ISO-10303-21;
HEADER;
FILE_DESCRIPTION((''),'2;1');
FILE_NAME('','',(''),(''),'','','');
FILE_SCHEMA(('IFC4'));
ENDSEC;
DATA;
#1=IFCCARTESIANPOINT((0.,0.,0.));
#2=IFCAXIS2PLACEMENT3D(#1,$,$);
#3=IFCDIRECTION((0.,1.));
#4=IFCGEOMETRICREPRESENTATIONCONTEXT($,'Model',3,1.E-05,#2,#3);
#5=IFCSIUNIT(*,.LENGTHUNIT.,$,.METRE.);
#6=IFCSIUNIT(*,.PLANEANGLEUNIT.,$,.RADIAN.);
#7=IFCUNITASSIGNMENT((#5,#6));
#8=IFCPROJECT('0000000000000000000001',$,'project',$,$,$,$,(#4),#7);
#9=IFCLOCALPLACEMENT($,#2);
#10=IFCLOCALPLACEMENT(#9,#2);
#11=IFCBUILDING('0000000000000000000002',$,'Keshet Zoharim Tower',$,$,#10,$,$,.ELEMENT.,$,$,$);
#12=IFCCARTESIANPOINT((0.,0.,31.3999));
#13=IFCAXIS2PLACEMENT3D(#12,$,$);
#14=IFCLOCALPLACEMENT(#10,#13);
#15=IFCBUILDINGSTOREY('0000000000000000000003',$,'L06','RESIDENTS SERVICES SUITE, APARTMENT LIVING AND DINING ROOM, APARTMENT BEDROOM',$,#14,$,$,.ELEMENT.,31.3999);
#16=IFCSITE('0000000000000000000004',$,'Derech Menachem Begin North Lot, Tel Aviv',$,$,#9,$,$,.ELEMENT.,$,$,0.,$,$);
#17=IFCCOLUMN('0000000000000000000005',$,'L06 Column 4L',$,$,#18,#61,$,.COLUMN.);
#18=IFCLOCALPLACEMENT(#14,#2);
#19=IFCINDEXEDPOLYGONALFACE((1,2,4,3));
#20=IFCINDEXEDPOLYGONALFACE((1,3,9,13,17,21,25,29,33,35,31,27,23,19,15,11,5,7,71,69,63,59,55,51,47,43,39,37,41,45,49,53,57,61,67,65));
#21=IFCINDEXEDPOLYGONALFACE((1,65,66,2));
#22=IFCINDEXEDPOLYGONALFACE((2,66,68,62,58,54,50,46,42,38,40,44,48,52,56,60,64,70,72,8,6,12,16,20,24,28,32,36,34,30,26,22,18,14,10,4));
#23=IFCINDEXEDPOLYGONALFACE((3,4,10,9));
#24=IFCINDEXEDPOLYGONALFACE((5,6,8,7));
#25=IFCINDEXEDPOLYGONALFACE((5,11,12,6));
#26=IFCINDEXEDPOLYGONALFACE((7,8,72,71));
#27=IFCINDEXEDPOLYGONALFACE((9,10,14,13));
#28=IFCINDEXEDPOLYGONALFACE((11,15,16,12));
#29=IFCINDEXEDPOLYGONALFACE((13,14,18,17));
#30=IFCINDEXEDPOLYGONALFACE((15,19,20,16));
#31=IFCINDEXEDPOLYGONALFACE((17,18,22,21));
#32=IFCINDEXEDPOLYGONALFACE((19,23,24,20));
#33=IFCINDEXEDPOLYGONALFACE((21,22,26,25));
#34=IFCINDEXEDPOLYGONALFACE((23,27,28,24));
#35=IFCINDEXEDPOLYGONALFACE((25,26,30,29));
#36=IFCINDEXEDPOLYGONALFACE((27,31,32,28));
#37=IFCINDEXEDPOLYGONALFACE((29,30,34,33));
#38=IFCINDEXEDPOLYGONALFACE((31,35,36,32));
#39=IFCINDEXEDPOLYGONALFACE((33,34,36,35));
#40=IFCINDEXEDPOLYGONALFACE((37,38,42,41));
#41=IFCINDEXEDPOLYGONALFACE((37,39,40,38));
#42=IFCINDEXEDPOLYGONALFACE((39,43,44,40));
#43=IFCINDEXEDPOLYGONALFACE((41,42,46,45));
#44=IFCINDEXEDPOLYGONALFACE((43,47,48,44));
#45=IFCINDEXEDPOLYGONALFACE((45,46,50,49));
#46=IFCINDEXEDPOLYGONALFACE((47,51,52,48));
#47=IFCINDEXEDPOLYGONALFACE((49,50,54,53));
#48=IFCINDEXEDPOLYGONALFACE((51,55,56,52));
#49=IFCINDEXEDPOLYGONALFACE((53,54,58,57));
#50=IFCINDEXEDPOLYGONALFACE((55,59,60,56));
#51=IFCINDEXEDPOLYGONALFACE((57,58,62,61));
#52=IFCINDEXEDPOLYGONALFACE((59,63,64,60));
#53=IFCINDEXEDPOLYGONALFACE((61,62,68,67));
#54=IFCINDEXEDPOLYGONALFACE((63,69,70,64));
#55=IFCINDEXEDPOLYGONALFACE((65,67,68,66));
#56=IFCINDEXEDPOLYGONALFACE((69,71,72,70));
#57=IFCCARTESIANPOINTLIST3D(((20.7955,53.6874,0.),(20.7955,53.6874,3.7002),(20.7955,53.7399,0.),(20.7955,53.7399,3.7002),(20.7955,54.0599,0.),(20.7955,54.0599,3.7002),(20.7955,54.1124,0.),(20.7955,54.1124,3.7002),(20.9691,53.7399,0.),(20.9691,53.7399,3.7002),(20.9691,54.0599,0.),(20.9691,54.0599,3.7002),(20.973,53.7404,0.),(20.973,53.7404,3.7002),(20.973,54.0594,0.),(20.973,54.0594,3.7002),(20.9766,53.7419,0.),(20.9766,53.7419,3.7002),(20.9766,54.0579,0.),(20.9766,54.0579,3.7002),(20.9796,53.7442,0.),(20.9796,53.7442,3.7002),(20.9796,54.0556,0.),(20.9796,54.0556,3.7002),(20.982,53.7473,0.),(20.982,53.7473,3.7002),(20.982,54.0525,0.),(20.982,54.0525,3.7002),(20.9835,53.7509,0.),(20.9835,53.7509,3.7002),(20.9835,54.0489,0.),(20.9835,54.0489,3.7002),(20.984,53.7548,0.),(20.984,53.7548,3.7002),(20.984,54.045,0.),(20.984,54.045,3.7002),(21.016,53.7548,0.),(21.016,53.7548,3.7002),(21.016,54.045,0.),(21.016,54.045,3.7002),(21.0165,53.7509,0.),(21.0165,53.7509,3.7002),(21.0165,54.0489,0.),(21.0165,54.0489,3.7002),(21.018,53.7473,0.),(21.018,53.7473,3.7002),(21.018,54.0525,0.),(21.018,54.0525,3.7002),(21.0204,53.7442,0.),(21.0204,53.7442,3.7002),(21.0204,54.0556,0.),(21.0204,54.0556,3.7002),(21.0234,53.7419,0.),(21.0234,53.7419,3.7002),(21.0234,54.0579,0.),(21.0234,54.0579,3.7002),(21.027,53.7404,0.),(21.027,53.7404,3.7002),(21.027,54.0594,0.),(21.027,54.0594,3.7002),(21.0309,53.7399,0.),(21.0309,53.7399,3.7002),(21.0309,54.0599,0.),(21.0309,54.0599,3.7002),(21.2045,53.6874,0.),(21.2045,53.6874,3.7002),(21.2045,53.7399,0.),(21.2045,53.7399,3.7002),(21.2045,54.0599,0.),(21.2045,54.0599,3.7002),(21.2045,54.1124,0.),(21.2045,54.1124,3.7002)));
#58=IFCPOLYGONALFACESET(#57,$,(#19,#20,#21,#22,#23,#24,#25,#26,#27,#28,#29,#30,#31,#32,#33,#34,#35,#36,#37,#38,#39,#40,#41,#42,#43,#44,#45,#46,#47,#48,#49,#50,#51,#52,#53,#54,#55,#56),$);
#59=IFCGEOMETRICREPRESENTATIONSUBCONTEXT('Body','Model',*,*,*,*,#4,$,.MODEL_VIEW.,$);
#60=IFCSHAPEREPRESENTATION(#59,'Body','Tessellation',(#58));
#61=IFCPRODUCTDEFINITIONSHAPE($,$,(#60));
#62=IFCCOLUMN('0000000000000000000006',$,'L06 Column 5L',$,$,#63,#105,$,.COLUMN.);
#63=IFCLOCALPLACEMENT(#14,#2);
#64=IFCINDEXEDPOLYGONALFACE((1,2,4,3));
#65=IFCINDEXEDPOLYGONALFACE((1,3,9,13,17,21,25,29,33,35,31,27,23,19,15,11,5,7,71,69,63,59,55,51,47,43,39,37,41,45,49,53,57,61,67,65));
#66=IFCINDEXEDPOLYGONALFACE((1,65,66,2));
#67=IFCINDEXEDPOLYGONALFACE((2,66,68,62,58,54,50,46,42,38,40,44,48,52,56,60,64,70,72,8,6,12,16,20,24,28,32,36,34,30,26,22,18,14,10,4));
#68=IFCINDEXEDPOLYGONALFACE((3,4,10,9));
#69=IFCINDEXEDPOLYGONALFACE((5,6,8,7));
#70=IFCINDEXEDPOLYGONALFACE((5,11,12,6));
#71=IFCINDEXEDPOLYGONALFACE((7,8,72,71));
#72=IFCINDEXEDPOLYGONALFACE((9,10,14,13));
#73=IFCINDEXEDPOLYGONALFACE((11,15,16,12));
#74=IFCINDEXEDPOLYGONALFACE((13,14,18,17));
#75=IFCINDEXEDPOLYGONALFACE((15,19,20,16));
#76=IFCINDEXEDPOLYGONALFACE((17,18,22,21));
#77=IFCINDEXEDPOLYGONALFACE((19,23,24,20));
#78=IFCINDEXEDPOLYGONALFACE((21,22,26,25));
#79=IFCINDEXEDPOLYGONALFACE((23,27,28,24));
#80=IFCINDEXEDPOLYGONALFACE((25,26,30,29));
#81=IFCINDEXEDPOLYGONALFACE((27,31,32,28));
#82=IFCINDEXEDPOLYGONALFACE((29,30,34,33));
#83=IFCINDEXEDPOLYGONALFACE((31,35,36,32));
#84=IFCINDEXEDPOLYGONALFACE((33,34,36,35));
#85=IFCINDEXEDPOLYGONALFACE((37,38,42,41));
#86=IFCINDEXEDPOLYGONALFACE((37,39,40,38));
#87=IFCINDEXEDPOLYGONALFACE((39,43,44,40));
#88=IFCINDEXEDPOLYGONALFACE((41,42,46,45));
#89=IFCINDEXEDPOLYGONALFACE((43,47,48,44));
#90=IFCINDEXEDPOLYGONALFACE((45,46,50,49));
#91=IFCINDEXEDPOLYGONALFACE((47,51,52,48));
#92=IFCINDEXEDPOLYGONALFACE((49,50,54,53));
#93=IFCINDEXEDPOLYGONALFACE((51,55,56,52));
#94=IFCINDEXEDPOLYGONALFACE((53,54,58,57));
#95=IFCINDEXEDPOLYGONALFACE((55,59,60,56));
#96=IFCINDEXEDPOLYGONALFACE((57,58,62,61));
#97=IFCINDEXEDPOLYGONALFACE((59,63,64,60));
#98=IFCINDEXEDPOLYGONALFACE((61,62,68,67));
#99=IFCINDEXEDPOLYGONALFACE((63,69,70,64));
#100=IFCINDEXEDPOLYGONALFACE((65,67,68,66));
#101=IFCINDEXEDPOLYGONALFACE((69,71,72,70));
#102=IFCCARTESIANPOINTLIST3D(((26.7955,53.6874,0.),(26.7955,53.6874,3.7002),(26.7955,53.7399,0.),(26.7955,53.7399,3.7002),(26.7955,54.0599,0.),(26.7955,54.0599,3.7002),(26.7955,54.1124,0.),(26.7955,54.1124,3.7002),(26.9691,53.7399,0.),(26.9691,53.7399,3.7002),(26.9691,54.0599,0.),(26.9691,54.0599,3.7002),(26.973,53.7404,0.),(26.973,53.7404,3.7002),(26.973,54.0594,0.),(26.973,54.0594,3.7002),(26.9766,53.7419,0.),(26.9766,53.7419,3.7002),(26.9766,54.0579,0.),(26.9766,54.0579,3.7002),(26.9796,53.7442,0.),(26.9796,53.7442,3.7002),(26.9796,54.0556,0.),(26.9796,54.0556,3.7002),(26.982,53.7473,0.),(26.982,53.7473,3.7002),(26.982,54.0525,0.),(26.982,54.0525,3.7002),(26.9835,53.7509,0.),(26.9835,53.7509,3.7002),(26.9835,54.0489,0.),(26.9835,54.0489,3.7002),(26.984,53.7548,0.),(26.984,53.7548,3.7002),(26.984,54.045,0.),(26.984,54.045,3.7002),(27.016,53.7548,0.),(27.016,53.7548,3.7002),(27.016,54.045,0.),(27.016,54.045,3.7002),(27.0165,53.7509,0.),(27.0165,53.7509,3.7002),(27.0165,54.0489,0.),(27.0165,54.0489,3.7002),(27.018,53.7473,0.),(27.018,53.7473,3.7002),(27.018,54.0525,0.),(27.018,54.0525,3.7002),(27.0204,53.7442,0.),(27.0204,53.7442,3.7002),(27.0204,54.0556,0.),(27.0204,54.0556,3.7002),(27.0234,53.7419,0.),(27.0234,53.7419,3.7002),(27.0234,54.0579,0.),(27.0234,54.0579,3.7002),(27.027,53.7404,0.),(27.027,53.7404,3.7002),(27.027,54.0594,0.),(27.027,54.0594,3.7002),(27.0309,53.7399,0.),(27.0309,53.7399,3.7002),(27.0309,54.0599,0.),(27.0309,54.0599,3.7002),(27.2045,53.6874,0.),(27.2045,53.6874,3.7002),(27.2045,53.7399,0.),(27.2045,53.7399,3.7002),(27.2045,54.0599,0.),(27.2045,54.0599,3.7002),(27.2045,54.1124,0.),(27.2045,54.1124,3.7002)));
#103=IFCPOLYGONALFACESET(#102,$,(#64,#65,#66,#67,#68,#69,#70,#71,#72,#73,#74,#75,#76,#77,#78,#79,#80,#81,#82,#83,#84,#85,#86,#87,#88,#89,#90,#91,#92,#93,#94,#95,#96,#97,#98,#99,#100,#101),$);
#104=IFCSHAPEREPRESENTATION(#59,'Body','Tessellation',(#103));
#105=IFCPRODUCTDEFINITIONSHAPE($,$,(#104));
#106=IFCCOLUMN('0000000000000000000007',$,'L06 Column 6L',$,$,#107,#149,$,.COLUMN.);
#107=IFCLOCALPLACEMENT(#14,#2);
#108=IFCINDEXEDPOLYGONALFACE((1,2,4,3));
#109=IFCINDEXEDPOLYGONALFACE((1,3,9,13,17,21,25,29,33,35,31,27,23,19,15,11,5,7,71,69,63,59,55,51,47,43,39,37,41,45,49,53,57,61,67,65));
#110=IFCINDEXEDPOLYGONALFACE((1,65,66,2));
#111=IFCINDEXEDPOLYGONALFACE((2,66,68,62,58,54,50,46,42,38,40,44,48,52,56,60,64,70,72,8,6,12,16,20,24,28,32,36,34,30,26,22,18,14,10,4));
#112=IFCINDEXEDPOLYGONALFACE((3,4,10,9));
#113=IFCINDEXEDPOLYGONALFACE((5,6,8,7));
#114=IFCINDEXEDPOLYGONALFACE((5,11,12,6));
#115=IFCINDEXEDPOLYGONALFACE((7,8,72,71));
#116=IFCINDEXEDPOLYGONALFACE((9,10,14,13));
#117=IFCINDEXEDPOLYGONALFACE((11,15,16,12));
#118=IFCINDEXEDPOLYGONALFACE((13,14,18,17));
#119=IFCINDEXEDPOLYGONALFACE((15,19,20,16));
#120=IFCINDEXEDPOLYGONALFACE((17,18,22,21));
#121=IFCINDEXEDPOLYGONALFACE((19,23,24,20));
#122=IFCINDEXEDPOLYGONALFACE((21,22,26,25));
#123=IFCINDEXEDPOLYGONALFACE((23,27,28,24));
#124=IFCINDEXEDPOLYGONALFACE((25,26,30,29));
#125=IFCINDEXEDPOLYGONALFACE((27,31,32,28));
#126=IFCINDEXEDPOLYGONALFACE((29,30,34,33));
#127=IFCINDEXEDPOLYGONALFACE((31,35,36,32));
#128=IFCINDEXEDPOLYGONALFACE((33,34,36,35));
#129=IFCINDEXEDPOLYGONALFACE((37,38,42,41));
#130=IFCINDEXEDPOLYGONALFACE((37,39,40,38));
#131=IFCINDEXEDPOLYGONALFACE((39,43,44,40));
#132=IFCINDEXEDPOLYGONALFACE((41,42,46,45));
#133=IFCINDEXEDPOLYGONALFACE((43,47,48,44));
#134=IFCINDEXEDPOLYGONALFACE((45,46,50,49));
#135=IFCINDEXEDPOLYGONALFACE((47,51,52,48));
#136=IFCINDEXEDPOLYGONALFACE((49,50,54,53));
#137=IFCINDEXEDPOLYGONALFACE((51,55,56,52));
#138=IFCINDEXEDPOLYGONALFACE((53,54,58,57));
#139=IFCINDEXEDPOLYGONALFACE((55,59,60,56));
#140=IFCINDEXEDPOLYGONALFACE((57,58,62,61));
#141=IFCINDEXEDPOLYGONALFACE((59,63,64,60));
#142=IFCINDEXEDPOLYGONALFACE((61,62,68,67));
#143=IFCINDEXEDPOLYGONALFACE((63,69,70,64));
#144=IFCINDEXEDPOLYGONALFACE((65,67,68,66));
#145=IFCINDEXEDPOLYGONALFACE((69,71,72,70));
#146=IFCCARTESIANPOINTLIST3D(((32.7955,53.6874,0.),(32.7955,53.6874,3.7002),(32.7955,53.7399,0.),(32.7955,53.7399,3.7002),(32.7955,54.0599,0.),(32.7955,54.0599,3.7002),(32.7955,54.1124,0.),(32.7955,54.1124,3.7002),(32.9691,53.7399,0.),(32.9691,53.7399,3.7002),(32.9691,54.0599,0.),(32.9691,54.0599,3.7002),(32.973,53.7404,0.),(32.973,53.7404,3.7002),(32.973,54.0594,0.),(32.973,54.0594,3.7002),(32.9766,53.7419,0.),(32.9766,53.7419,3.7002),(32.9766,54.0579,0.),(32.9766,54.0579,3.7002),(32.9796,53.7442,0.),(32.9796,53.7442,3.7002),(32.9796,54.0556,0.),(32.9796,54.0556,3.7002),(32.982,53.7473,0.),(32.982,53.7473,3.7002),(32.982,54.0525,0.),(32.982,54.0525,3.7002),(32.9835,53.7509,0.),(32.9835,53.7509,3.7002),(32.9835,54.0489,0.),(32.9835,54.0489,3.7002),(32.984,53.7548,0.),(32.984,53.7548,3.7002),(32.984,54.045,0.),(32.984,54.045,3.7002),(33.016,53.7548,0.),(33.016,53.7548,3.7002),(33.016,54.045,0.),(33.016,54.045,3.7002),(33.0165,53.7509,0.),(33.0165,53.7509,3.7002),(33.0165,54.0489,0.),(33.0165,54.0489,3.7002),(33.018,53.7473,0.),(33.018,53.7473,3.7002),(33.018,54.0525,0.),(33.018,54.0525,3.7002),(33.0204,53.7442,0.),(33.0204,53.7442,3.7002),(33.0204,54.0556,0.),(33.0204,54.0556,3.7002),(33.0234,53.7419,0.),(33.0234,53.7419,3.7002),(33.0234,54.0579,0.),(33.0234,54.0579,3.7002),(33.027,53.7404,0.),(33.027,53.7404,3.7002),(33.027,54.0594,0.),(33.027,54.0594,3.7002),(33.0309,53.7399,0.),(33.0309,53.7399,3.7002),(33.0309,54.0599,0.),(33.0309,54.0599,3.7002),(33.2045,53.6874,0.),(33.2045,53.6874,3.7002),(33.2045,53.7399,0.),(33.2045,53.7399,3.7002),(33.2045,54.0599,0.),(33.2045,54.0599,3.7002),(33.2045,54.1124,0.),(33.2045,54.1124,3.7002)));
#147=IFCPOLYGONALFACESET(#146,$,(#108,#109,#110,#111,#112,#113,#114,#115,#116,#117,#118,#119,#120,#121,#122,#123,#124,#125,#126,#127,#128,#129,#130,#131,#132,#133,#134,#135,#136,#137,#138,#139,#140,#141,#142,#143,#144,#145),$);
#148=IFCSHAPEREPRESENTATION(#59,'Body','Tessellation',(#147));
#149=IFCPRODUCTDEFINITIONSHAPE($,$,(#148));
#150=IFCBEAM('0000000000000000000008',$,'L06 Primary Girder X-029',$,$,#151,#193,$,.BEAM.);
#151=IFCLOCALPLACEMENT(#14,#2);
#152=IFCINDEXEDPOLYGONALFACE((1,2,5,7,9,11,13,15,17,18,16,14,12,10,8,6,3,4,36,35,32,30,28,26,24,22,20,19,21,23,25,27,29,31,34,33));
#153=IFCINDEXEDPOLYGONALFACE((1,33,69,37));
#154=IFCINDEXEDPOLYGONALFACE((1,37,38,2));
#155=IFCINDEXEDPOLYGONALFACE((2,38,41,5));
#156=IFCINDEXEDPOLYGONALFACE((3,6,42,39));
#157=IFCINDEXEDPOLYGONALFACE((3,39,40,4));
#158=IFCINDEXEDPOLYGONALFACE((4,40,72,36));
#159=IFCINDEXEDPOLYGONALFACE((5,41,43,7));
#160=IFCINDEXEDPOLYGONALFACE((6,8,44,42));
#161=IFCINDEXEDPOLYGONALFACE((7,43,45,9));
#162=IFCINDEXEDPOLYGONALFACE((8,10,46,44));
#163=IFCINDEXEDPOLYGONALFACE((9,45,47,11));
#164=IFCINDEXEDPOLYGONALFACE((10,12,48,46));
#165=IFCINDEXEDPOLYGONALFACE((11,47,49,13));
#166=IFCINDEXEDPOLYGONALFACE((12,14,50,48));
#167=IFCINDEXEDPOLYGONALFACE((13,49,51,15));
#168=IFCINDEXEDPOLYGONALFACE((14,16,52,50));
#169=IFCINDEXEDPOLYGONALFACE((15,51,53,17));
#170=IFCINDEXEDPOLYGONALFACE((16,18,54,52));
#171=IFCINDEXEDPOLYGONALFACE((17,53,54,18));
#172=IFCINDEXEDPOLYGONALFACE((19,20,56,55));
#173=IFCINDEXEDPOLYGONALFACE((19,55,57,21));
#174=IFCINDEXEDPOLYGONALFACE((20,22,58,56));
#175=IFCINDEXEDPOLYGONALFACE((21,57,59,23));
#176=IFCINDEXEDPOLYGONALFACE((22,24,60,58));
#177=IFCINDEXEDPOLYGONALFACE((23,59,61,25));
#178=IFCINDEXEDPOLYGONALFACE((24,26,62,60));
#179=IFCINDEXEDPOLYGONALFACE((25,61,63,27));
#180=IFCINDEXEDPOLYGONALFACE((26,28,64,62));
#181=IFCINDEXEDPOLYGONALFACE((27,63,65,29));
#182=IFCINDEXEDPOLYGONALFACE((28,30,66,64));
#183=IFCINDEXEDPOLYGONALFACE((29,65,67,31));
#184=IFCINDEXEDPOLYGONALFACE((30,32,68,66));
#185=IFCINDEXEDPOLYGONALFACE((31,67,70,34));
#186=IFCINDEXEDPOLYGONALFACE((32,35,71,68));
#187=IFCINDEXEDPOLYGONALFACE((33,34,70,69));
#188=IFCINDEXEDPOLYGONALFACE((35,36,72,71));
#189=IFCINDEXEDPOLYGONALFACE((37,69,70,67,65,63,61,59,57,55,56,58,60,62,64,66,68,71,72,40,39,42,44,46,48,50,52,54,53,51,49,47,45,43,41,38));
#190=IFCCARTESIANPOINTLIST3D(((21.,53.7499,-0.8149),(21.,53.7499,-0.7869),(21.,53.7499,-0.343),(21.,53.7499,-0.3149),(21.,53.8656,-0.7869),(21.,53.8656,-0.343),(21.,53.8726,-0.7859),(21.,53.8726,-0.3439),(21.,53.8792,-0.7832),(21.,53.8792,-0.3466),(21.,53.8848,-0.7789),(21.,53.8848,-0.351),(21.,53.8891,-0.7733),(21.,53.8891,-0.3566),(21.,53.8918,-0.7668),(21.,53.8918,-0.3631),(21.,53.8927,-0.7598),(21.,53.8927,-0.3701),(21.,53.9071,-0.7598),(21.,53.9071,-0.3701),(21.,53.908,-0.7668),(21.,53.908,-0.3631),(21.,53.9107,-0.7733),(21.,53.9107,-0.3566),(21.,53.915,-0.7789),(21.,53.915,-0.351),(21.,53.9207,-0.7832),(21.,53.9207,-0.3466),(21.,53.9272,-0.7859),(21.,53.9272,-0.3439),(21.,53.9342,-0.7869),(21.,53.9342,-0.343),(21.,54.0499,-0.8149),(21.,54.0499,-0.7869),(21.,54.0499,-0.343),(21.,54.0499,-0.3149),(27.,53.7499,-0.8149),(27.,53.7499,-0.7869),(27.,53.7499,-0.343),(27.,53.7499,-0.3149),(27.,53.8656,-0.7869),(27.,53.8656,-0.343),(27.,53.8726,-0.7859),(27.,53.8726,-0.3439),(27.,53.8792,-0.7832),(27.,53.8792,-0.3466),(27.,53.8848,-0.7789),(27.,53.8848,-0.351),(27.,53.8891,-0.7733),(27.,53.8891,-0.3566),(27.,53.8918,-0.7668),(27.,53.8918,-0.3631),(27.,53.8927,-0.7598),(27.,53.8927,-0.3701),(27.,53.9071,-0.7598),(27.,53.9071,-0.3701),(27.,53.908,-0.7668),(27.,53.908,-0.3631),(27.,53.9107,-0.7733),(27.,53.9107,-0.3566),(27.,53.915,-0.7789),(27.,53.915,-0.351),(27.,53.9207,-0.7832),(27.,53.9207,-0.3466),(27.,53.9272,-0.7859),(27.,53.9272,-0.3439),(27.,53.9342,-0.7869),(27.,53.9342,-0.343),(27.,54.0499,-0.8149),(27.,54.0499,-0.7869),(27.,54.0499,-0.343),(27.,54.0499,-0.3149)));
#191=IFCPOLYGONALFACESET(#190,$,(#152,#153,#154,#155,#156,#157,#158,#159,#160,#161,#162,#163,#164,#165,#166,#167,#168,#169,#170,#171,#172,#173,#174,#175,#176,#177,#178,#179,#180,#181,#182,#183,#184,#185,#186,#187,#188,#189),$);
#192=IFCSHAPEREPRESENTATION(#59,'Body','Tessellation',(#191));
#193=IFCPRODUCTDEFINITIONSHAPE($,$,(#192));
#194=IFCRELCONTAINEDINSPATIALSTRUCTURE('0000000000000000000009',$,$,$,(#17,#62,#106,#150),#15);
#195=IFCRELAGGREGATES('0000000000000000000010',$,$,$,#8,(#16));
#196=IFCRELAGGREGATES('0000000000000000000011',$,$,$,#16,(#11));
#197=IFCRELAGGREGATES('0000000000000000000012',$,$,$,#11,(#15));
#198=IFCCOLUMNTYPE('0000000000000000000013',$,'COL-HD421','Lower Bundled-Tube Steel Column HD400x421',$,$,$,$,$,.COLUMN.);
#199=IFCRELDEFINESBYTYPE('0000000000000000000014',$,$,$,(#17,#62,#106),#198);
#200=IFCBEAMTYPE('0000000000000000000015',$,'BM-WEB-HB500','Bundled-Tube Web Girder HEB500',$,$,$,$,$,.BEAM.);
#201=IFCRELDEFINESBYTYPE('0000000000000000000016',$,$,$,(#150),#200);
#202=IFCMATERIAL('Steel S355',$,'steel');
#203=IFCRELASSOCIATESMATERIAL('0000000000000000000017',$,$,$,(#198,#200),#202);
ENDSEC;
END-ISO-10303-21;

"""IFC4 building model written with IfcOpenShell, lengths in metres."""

from ifc_helpers import new_model, si_unit, direction, frame, origin, origin_2d, place, context, subcontext, project, spatial, i_section, extrude, material, material_profile, profile_set, type_object, element, save


model = new_model("IFC4")

# Units and contexts
model_context = context("Model", 3, precision=1e-05, world=origin(), true_north=direction((0.0, 1.0)))
body_context = subcontext(model_context, "Body", "Model", "MODEL_VIEW")
ifc_project = project(units=[si_unit("LENGTHUNIT", "METRE"), si_unit("PLANEANGLEUNIT", "RADIAN")], contexts=[model_context])

# Site, building, storey
site_placement = place(None, origin())
site = spatial("IfcSite", under=ifc_project, at=site_placement, Name="Derech Menachem Begin North Lot, Tel Aviv", CompositionType="ELEMENT", RefElevation=0.0)
building_placement = place(site_placement, origin())
building = spatial("IfcBuilding", under=site, at=building_placement, Name="Keshet Zoharim Tower", CompositionType="ELEMENT")
storey_placement = place(building_placement, frame((0.0, 0.0, 31.3999)))
storey = spatial("IfcBuildingStorey", under=building, at=storey_placement, Name="L06", Description="RESIDENTS SERVICES SUITE, APARTMENT LIVING AND DINING ROOM, APARTMENT BEDROOM", CompositionType="ELEMENT", Elevation=31.3999)

# Columns
ifc_material_1 = material(Name="Steel S355", Category="steel")
ifc_material_profile_1 = material_profile(ifc_material_1, i_section(OverallWidth=0.4089, OverallDepth=0.425, WebThickness=0.032, FlangeThickness=0.0525, FilletRadius=0.0149, at=origin_2d()), Name="HD400x421")
ifc_profile_set_1 = profile_set([ifc_material_profile_1], Name="Steel S355")
column_type = type_object("IfcColumnType", Name="COL-HD421", Description="Lower Bundled-Tube Steel Column HD400x421", PredefinedType="COLUMN", material=ifc_profile_set_1)
for number, where, z_axis, x_axis, name in (
    (1, (21.0, 53.8999, 0.0), (0.0, 0.0, 1.0), (1.0, 0.0, 0.0), "L06 Column 4L"),
    (2, (27.0, 53.8999, 0.0), (0.0, 0.0, 1.0), (1.0, 0.0, 0.0), "L06 Column 5L"),
    (3, (33.0, 53.8999, 0.0), (0.0, 0.0, 1.0), (1.0, 0.0, 0.0), "L06 Column 6L"),
):
    element("IfcColumn", number, at=place(storey_placement, frame(where, z_axis=z_axis, x_axis=x_axis)), inside=storey, type_object=column_type, Name=name, PredefinedType="COLUMN", context=body_context, shape_type="SweptSolid", body=[
        extrude(i_section(OverallWidth=0.4089, OverallDepth=0.425, WebThickness=0.032, FlangeThickness=0.0525, FilletRadius=0.0149, at=origin_2d()), origin(), (0.0, 0.0, 1.0), 3.7002),
    ])

# Beam
ifc_material_profile_2 = material_profile(ifc_material_1, i_section(OverallWidth=0.3, OverallDepth=0.5, WebThickness=0.0144, FlangeThickness=0.0281, FilletRadius=0.0271, at=origin_2d()), Name="HEB500")
ifc_profile_set_2 = profile_set([ifc_material_profile_2], Name="Steel S355")
beam_type = type_object("IfcBeamType", Name="BM-WEB-HB500", Description="Bundled-Tube Web Girder HEB500", PredefinedType="BEAM", material=ifc_profile_set_2)
for number, where, z_axis, x_axis, name in (
    (4, (21.0, 53.8999, -0.5649), (1.0, 0.0, 0.0), (0.0, 1.0, 0.0), "L06 Primary Girder X-029"),
):
    element("IfcBeam", number, at=place(storey_placement, frame(where, z_axis=z_axis, x_axis=x_axis)), inside=storey, type_object=beam_type, Name=name, PredefinedType="BEAM", context=body_context, shape_type="SweptSolid", body=[
        extrude(i_section(OverallWidth=0.3, OverallDepth=0.5, WebThickness=0.0144, FlangeThickness=0.0281, FilletRadius=0.0271, at=origin_2d()), origin(), (0.0, 0.0, 1.0), 6.0),
    ])

save(model, "model.ifc")
